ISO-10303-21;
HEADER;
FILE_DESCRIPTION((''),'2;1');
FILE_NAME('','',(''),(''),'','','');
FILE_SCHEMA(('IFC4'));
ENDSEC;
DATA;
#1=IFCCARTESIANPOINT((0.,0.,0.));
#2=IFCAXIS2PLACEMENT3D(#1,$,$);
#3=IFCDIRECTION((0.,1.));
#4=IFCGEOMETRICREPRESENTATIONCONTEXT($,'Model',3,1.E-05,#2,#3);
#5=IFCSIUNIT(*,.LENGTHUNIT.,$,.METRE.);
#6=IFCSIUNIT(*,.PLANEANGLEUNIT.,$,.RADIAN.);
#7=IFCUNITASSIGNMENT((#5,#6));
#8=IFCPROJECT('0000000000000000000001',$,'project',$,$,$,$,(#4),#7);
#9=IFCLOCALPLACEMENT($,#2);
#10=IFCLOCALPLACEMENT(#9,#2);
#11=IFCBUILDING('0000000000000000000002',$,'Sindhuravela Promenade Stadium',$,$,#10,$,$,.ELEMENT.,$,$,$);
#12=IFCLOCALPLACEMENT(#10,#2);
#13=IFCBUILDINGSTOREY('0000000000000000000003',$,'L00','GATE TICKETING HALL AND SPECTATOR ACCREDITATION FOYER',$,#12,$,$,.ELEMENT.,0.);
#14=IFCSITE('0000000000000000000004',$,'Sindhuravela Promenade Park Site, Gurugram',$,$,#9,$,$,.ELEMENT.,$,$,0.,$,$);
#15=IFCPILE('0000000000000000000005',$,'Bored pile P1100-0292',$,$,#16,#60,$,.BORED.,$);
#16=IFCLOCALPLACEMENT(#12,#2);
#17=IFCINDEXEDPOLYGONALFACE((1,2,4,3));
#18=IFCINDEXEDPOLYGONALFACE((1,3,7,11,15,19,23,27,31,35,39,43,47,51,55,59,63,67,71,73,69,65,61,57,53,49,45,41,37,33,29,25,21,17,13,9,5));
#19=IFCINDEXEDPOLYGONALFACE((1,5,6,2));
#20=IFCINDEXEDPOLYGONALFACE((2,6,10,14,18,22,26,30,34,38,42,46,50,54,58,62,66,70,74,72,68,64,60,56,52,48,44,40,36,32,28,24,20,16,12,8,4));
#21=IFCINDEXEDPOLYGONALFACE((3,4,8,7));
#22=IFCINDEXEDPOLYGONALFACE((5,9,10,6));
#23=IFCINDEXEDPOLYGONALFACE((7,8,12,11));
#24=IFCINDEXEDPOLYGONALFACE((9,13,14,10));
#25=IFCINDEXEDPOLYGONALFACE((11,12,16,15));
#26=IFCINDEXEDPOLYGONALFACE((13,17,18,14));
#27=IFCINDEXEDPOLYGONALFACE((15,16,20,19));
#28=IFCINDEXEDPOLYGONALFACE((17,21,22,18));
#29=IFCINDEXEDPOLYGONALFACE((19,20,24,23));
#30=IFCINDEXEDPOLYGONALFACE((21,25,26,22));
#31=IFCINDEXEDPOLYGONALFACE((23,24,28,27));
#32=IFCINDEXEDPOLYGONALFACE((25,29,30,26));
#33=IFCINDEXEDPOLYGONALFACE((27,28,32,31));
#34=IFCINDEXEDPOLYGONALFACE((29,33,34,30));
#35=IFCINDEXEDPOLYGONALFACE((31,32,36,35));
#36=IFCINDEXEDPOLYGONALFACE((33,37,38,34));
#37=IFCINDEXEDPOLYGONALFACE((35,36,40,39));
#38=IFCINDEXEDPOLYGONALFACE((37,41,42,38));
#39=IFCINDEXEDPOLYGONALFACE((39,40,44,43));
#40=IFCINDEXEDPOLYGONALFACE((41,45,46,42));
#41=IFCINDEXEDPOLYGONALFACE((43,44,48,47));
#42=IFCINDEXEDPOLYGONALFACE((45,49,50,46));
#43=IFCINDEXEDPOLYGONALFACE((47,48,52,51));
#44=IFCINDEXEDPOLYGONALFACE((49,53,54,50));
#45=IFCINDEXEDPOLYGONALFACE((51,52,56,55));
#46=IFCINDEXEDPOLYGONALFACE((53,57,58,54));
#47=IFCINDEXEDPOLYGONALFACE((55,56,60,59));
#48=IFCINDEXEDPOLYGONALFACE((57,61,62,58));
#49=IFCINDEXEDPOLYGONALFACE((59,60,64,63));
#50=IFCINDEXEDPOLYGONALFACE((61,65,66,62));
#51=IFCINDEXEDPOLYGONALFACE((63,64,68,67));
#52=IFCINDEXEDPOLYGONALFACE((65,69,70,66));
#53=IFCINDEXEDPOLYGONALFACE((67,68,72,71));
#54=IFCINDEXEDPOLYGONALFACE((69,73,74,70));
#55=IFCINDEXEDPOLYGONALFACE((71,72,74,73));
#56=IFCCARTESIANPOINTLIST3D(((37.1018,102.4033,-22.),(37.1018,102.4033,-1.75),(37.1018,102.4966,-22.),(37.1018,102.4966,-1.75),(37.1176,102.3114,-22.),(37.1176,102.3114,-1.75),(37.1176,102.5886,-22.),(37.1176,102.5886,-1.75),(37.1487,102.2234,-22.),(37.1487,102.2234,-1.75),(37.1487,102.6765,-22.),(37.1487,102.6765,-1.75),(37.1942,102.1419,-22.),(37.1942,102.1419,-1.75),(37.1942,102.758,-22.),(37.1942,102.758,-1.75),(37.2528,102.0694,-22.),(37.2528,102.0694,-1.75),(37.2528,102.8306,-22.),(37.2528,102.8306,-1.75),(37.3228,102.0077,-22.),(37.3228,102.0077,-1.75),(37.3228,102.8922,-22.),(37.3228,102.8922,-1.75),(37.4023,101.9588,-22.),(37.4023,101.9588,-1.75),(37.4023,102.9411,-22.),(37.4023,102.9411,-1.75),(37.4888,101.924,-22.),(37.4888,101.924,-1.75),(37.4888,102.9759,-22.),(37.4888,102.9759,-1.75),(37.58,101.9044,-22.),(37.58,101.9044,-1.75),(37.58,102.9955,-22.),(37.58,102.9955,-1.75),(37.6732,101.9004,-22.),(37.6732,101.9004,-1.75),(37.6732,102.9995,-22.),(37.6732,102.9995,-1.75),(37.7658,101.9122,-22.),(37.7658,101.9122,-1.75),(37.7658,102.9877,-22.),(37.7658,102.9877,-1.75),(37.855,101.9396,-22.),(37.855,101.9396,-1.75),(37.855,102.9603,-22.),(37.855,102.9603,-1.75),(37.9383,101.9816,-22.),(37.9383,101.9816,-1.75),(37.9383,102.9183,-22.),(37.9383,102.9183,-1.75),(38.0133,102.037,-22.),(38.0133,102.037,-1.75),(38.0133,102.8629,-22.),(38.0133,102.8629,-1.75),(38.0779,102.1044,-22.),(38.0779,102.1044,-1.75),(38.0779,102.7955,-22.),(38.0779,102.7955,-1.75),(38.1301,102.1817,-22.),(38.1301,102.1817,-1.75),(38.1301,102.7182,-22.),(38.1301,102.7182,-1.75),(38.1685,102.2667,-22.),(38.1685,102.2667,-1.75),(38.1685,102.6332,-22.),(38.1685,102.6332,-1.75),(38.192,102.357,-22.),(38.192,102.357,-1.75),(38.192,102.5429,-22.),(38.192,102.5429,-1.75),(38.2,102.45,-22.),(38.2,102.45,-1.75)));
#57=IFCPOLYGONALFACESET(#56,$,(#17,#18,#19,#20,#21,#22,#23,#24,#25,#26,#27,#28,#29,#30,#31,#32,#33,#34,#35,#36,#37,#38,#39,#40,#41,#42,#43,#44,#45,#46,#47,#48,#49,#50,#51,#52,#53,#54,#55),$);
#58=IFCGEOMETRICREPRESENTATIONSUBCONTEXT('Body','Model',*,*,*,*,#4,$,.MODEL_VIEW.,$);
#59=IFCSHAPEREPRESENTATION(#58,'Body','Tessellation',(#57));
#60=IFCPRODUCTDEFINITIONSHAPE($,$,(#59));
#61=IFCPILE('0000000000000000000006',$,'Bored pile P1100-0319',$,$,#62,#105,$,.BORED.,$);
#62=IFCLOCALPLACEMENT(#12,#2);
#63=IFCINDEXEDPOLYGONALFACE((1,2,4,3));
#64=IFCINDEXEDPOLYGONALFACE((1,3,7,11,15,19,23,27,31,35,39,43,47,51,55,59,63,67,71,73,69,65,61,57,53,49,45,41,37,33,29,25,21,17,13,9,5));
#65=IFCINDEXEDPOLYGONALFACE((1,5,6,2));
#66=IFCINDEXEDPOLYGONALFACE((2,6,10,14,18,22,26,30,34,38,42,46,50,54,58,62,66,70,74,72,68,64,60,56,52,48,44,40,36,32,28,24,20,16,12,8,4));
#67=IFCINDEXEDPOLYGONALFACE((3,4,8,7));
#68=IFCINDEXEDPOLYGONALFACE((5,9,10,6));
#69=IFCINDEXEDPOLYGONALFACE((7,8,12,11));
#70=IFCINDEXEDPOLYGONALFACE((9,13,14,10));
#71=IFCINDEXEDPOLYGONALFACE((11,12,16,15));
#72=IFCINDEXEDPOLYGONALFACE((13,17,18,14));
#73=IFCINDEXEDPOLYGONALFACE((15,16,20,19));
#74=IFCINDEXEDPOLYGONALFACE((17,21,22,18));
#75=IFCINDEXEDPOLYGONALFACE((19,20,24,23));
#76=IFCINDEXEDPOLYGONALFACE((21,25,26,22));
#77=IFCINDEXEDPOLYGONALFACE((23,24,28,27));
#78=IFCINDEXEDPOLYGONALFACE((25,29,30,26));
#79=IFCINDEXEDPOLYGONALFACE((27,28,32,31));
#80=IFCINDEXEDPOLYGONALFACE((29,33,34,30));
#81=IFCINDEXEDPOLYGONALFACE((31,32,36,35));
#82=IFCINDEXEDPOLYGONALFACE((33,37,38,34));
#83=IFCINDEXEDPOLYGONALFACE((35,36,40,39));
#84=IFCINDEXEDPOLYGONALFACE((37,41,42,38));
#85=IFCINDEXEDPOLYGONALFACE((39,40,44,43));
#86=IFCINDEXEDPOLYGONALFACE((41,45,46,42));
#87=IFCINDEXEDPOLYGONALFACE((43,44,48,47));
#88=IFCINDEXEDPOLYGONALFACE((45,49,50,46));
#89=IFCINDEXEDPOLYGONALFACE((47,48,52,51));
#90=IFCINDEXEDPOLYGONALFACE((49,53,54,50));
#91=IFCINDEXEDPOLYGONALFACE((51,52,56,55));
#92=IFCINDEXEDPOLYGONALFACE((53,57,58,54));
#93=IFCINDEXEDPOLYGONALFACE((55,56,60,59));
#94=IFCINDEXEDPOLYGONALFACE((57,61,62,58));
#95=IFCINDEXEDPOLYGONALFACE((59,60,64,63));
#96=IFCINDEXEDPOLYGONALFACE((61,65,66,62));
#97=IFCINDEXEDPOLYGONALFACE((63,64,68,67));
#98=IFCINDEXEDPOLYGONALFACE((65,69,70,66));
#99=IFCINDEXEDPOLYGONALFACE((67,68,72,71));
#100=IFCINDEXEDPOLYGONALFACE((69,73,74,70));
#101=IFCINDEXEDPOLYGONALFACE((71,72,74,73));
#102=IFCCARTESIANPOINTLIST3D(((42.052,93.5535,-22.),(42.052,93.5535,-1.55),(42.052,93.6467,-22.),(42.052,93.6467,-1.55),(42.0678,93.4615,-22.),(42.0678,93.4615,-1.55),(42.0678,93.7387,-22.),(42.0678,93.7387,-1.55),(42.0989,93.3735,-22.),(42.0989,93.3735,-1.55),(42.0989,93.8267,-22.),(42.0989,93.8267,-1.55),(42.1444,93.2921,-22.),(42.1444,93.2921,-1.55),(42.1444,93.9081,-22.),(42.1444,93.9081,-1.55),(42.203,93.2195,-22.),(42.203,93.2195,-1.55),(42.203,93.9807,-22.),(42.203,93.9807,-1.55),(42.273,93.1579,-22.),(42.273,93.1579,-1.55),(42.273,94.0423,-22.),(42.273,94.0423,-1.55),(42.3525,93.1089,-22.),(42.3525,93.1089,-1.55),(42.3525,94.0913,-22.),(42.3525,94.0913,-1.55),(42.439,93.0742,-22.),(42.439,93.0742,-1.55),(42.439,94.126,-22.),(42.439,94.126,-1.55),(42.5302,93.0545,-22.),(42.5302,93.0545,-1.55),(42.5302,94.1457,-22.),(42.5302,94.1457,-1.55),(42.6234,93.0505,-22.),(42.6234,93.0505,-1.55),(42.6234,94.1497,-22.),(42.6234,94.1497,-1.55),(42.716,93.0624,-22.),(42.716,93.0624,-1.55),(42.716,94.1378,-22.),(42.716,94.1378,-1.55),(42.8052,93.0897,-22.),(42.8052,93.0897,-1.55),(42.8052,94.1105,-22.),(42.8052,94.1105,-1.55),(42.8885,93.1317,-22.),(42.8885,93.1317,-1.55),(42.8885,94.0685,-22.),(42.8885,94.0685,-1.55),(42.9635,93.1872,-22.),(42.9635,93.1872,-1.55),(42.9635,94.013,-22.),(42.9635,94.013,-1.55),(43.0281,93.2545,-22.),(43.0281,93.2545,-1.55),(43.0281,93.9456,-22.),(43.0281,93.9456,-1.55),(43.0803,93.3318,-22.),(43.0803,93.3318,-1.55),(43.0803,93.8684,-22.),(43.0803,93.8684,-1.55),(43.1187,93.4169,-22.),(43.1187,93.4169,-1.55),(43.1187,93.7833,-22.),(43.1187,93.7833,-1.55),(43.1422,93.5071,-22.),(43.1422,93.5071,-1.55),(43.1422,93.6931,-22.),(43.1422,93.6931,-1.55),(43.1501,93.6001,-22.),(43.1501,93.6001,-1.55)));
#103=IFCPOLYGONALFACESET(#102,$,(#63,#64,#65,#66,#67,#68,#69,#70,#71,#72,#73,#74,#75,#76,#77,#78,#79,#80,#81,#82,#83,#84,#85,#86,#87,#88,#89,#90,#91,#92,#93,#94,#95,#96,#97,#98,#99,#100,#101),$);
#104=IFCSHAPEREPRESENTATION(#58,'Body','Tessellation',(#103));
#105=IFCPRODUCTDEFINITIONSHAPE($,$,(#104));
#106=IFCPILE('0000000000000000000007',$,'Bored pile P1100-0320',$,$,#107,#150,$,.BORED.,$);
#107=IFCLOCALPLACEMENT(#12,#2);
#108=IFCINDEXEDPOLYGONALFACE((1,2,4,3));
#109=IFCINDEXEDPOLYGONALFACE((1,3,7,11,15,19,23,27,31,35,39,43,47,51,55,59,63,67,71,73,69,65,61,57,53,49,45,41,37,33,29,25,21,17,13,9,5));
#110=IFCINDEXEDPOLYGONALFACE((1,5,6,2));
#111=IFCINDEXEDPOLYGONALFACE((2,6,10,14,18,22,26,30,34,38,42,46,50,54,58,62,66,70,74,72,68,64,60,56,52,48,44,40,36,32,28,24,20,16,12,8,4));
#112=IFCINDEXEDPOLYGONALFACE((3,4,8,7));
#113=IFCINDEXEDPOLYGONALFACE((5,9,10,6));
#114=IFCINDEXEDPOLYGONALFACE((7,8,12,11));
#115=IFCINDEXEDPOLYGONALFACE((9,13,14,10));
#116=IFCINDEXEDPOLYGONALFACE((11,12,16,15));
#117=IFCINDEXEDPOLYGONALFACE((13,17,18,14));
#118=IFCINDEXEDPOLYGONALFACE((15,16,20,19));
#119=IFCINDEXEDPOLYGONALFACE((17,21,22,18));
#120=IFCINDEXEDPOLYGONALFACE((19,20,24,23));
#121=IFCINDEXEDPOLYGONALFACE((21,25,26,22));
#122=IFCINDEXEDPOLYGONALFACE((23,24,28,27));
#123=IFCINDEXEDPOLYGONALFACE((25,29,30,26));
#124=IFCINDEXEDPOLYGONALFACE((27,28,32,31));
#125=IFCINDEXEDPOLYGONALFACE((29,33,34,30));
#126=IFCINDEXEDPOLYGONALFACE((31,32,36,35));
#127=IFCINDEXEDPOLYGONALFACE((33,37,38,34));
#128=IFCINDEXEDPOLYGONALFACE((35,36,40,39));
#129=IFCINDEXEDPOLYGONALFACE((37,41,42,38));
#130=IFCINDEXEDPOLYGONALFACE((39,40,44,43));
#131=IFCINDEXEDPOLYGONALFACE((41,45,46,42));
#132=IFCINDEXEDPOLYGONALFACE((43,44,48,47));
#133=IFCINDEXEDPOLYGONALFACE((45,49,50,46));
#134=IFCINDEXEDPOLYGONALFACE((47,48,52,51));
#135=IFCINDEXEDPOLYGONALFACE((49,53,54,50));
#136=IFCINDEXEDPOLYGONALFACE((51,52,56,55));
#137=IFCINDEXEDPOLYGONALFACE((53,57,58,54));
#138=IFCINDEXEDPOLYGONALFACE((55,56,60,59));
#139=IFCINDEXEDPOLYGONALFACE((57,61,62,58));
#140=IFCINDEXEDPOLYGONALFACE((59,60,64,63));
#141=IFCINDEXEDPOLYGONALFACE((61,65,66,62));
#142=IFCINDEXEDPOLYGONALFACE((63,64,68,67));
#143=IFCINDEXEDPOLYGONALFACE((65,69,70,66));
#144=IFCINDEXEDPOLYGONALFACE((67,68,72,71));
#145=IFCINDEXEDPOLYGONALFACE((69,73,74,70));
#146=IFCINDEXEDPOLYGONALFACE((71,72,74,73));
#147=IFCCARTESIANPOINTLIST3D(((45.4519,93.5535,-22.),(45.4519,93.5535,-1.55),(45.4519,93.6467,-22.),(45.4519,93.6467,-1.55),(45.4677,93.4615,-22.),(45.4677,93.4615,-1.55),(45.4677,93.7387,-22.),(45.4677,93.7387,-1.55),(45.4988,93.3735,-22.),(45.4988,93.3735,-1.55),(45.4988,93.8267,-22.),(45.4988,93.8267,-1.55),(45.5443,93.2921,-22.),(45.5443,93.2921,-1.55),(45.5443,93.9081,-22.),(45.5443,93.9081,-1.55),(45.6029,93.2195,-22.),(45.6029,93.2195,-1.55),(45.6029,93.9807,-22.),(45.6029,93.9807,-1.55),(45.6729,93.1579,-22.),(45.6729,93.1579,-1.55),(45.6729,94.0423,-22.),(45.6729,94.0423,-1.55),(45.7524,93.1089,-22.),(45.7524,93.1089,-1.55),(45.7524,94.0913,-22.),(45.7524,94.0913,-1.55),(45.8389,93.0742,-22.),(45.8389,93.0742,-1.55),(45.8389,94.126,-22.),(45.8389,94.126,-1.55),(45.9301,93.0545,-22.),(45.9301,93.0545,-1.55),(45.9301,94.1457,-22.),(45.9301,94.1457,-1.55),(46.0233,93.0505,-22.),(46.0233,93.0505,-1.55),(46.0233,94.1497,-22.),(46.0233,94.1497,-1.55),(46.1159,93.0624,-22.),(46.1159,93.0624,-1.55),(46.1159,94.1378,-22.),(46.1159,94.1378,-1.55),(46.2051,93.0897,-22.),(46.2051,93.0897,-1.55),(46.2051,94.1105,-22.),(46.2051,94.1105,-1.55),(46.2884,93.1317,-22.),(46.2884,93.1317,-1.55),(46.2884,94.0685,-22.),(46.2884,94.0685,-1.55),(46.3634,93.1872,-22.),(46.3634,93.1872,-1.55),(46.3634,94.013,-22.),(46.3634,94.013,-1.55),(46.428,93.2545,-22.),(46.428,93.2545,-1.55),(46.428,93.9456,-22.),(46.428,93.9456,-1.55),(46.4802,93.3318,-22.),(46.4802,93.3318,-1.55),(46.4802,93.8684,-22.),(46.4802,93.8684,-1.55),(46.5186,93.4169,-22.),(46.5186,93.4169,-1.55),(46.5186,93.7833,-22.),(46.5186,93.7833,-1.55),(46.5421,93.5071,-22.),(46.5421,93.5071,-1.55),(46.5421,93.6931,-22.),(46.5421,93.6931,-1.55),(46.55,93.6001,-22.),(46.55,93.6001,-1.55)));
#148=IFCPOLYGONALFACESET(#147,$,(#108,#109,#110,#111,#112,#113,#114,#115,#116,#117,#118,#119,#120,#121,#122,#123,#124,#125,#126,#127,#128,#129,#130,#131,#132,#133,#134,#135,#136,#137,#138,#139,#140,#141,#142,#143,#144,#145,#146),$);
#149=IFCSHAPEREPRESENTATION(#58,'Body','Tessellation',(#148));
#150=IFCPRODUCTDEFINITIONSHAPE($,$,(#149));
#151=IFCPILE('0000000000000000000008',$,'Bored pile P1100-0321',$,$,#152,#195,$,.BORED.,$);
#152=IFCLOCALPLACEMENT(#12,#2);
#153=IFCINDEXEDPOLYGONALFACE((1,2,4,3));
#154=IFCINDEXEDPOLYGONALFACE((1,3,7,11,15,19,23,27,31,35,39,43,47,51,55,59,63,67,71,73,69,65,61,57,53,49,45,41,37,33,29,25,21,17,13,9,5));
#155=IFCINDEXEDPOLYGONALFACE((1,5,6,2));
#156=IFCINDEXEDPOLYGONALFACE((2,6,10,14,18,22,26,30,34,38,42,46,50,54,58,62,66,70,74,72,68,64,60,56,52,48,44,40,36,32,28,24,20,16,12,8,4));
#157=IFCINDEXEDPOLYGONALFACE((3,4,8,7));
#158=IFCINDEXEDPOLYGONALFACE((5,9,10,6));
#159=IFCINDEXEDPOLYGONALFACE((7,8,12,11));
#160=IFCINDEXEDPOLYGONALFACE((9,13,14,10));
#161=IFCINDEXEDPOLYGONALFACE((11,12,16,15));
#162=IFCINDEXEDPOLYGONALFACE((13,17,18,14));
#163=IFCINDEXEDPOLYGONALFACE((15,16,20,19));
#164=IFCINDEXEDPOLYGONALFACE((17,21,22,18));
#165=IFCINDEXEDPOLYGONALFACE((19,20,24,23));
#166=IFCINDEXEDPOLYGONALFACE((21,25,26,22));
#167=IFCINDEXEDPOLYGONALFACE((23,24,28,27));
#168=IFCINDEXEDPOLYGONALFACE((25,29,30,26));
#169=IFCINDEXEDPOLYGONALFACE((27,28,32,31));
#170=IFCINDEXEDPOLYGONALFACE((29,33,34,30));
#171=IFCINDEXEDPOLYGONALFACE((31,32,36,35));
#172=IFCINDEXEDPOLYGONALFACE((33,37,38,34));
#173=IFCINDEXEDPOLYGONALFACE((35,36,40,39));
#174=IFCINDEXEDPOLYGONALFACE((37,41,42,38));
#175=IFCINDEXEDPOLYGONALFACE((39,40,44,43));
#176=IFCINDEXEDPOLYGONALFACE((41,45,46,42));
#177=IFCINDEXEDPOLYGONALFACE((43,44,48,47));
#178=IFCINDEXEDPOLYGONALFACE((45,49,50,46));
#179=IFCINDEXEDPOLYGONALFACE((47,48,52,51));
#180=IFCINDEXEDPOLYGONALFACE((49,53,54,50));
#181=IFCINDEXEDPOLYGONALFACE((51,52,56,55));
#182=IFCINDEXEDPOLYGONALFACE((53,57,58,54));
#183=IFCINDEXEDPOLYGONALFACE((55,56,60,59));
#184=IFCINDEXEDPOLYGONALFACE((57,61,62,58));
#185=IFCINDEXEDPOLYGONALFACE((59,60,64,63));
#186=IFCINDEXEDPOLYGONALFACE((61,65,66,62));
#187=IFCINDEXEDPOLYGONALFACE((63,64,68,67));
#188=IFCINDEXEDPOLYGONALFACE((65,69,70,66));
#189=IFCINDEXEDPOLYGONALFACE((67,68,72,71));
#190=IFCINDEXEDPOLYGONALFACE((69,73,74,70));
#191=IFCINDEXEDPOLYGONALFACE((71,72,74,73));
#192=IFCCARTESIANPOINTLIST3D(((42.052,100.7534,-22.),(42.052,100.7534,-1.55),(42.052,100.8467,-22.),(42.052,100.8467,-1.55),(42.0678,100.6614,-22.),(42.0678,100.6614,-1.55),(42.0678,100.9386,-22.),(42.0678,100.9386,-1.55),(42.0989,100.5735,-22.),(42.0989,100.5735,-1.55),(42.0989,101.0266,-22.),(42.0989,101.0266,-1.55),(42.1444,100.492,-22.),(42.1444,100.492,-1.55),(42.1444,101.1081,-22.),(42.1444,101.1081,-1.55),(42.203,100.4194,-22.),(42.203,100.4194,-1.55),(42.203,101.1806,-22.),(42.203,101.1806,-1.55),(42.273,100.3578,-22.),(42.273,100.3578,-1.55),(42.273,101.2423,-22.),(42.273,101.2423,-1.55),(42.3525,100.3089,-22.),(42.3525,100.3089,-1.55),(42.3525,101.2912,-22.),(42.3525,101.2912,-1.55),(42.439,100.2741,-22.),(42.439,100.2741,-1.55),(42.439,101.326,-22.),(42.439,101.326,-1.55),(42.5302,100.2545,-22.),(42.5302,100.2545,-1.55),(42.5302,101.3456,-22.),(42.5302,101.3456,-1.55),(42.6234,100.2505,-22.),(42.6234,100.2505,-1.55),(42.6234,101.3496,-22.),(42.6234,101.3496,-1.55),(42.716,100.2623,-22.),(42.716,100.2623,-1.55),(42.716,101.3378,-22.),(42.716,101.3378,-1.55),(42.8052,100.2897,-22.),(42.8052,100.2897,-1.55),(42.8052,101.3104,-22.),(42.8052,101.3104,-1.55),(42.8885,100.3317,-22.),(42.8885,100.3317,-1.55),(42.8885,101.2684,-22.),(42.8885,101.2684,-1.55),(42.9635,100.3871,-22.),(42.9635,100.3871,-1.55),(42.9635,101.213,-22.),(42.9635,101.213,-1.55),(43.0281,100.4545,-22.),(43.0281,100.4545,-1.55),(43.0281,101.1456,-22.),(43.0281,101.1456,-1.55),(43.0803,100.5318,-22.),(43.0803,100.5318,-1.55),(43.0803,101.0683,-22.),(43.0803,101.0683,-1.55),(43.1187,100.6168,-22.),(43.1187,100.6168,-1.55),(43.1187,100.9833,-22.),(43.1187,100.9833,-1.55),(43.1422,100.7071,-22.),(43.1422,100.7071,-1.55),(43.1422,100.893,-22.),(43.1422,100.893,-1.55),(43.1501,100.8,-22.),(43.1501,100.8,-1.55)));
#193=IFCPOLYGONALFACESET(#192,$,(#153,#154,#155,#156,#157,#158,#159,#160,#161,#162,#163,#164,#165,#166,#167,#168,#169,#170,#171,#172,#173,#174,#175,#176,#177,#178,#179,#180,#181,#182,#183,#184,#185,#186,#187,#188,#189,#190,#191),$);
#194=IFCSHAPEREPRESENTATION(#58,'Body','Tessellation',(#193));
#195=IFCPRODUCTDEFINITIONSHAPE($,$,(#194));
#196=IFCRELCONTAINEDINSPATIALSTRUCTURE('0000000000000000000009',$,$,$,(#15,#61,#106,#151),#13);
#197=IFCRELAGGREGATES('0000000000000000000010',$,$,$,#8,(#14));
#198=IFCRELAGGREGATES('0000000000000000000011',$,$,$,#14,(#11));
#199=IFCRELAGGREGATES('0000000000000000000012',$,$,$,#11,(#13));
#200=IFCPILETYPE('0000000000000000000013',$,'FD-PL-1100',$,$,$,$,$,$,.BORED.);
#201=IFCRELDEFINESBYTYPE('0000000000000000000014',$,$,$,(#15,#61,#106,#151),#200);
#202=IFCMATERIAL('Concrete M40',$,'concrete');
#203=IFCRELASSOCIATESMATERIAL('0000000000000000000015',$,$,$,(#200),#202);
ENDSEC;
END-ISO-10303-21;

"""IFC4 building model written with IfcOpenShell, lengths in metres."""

from ifc_helpers import new_model, si_unit, direction, frame, origin, origin_2d, place, context, subcontext, project, spatial, circle, extrude, material, material_profile, profile_set, type_object, element, save


model = new_model("IFC4")

# Units and contexts
model_context = context("Model", 3, precision=1e-05, world=origin(), true_north=direction((0.0, 1.0)))
body_context = subcontext(model_context, "Body", "Model", "MODEL_VIEW")
ifc_project = project(units=[si_unit("LENGTHUNIT", "METRE"), si_unit("PLANEANGLEUNIT", "RADIAN")], contexts=[model_context])

# Site, building, storey
site_placement = place(None, origin())
site = spatial("IfcSite", under=ifc_project, at=site_placement, Name="Sindhuravela Promenade Park Site, Gurugram", CompositionType="ELEMENT", RefElevation=0.0)
building_placement = place(site_placement, origin())
building = spatial("IfcBuilding", under=site, at=building_placement, Name="Sindhuravela Promenade Stadium", CompositionType="ELEMENT")
storey_placement = place(building_placement, origin())
storey = spatial("IfcBuildingStorey", under=building, at=storey_placement, Name="L00", Description="GATE TICKETING HALL AND SPECTATOR ACCREDITATION FOYER", CompositionType="ELEMENT", Elevation=0.0)

# Piles
ifc_material_1 = material(Name="Concrete M40", Category="concrete")
ifc_material_profile_1 = material_profile(ifc_material_1, circle(Radius=0.55, at=origin_2d()), Name="BORED PILE D1100")
ifc_profile_set_1 = profile_set([ifc_material_profile_1], Name="Concrete M40")
pile_type = type_object("IfcPileType", Name="FD-PL-1100", PredefinedType="BORED", material=ifc_profile_set_1)
for number, where, z_axis, x_axis, name in (
    (1, (37.6499, 102.45, -1.75), (0.0, 0.0, -1.0), (1.0, 0.0, 0.0), "Bored pile P1100-0292"),
):
    element("IfcPile", number, at=place(storey_placement, frame(where, z_axis=z_axis, x_axis=x_axis)), inside=storey, type_object=pile_type, Name=name, PredefinedType="BORED", context=body_context, shape_type="SweptSolid", body=[
        extrude(circle(Radius=0.55, at=origin_2d()), origin(), (0.0, 0.0, 1.0), 20.25),
    ])
for number, where, z_axis, x_axis, name in (
    (2, (42.6001, 93.6001, -1.55), (0.0, 0.0, -1.0), (1.0, 0.0, 0.0), "Bored pile P1100-0319"),
    (3, (46.0, 93.6001, -1.55), (0.0, 0.0, -1.0), (1.0, 0.0, 0.0), "Bored pile P1100-0320"),
    (4, (42.6001, 100.8, -1.55), (0.0, 0.0, -1.0), (1.0, 0.0, 0.0), "Bored pile P1100-0321"),
):
    element("IfcPile", number, at=place(storey_placement, frame(where, z_axis=z_axis, x_axis=x_axis)), inside=storey, type_object=pile_type, Name=name, PredefinedType="BORED", context=body_context, shape_type="SweptSolid", body=[
        extrude(circle(Radius=0.55, at=origin_2d()), origin(), (0.0, 0.0, 1.0), 20.45),
    ])

save(model, "model.ifc")
